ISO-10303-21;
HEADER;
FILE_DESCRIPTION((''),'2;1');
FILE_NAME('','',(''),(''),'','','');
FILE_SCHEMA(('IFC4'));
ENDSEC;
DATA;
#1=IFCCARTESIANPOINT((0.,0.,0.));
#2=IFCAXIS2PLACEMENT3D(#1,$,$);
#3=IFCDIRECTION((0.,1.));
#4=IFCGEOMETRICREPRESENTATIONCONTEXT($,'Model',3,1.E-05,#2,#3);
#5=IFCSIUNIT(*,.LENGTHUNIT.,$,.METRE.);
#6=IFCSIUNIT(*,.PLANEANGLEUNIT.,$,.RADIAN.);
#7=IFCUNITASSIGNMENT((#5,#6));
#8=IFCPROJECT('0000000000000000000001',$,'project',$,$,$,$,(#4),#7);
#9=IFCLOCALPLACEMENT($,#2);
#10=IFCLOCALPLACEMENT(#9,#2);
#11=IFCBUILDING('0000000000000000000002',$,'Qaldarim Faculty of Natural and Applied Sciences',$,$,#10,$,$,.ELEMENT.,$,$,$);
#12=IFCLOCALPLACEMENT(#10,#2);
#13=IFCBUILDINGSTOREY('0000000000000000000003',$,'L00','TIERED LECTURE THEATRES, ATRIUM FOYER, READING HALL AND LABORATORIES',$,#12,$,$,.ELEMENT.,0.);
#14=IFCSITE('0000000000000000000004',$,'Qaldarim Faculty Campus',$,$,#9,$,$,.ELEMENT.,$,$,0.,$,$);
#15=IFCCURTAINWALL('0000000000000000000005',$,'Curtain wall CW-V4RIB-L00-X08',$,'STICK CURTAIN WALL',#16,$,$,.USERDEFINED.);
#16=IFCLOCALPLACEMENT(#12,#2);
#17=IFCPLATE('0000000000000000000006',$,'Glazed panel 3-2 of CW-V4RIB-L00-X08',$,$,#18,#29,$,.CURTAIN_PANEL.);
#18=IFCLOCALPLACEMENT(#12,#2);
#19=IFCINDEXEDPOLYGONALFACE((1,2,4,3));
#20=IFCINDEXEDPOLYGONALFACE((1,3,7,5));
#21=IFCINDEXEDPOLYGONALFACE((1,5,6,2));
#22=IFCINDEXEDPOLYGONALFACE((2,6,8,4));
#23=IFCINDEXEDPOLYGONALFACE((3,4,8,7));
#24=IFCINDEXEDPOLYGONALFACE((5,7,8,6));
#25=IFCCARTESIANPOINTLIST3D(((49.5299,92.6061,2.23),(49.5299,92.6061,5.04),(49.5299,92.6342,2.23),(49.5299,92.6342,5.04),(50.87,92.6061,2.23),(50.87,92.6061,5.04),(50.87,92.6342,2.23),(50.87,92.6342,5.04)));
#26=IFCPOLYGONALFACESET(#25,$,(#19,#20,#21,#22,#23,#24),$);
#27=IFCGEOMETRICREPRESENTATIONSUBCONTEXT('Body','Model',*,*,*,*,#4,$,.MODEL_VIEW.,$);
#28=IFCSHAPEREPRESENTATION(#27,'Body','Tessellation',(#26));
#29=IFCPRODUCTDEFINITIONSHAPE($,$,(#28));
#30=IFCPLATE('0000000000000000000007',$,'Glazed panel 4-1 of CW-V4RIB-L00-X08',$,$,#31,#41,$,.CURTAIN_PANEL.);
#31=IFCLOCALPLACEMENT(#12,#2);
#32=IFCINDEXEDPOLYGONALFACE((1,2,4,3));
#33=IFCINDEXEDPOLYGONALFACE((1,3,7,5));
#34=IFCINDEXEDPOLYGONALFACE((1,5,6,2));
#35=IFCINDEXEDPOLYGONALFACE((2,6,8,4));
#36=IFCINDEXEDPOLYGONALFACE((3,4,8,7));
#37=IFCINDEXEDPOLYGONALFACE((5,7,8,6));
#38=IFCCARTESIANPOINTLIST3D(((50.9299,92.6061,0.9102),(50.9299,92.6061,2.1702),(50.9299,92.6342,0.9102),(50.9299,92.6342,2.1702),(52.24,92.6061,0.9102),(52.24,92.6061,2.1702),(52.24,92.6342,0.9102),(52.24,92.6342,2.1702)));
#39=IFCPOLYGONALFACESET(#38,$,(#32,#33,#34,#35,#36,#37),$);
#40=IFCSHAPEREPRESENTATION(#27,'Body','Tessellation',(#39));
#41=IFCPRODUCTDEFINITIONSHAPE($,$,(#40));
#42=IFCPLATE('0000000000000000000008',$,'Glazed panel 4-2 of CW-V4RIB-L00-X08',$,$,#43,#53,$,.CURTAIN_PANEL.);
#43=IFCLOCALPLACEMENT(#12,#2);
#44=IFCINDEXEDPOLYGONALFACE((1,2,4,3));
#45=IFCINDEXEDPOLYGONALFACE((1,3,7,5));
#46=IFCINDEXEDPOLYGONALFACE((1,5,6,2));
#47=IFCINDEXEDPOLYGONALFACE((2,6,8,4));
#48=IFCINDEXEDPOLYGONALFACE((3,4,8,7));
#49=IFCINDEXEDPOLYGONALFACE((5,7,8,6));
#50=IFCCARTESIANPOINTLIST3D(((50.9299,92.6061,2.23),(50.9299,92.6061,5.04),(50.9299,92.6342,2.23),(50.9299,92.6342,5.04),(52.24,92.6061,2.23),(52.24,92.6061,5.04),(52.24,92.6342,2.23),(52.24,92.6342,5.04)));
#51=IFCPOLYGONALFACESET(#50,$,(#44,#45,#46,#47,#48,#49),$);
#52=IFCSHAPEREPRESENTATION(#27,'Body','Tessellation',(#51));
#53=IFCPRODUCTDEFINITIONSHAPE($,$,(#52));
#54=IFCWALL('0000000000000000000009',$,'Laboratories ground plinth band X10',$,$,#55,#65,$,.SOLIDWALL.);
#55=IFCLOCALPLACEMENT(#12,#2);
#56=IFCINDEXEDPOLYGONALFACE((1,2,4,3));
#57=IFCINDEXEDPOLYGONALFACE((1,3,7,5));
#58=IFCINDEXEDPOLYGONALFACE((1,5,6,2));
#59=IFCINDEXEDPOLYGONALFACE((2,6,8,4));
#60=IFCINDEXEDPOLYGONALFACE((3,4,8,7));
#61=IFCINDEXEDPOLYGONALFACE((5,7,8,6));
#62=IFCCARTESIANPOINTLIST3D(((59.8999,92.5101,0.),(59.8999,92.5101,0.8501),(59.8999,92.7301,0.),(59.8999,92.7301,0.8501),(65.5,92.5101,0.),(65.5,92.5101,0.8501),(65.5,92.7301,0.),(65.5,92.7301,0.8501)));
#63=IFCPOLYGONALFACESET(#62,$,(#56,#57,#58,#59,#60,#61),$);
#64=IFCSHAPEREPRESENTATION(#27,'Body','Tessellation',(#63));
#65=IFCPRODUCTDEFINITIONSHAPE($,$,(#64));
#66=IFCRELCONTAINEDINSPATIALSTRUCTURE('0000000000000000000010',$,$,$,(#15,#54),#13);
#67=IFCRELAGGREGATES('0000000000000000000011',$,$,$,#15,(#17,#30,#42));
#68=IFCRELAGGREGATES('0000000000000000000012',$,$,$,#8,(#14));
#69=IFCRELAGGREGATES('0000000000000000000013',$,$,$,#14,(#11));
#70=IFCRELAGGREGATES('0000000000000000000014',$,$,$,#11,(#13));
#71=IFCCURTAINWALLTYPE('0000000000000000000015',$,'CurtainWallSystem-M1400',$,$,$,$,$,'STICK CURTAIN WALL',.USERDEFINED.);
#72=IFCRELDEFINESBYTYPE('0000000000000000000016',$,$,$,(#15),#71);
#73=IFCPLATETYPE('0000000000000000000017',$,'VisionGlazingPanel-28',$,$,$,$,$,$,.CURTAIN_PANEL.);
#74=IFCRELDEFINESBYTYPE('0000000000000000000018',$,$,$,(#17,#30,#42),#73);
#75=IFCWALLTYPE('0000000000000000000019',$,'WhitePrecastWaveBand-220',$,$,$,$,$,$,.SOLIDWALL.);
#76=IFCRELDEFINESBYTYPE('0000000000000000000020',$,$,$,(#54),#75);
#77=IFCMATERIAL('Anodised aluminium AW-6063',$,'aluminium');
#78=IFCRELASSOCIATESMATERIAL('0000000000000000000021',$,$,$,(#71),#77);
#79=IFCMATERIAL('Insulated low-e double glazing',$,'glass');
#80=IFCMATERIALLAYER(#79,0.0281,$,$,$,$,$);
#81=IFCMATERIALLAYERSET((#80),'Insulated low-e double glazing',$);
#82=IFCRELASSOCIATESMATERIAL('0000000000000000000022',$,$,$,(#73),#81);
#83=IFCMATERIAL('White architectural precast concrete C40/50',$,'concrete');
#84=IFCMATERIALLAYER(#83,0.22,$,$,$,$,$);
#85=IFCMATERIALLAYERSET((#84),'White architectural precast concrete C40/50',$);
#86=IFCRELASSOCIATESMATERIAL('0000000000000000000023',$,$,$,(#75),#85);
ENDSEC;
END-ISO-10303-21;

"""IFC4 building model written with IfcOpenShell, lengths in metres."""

from ifc_helpers import new_model, si_unit, direction, frame, frame_2d, origin, origin_2d, place, context, subcontext, project, spatial, rectangle, extrude, material, layer, layer_set, type_object, element, aggregate, save


model = new_model("IFC4")

# Units and contexts
model_context = context("Model", 3, precision=1e-05, world=origin(), true_north=direction((0.0, 1.0)))
body_context = subcontext(model_context, "Body", "Model", "MODEL_VIEW")
ifc_project = project(units=[si_unit("LENGTHUNIT", "METRE"), si_unit("PLANEANGLEUNIT", "RADIAN")], contexts=[model_context])

# Site, building, storey
site_placement = place(None, origin())
site = spatial("IfcSite", under=ifc_project, at=site_placement, Name="Qaldarim Faculty Campus", CompositionType="ELEMENT", RefElevation=0.0)
building_placement = place(site_placement, origin())
building = spatial("IfcBuilding", under=site, at=building_placement, Name="Qaldarim Faculty of Natural and Applied Sciences", CompositionType="ELEMENT")
storey_placement = place(building_placement, origin())
storey = spatial("IfcBuildingStorey", under=building, at=storey_placement, Name="L00", Description="TIERED LECTURE THEATRES, ATRIUM FOYER, READING HALL AND LABORATORIES", CompositionType="ELEMENT", Elevation=0.0)

# Curtain wall
ifc_material_1 = material(Name="Anodised aluminium AW-6063", Category="aluminium")
curtain_wall_type = type_object("IfcCurtainWallType", Name="CurtainWallSystem-M1400", ElementType="STICK CURTAIN WALL", PredefinedType="USERDEFINED", material=ifc_material_1)
curtain_wall_1_placement = place(storey_placement, origin())
curtain_wall_1 = element("IfcCurtainWall", 1, at=curtain_wall_1_placement, inside=storey, type_object=curtain_wall_type, Name="Curtain wall CW-V4RIB-L00-X08", ObjectType="STICK CURTAIN WALL", PredefinedType="USERDEFINED")

# Plates
ifc_material_2 = material(Name="Insulated low-e double glazing", Category="glass")
ifc_layer_1 = layer(ifc_material_2, 0.0281)
ifc_layer_set_1 = layer_set([ifc_layer_1], Name="Insulated low-e double glazing")
plate_type = type_object("IfcPlateType", Name="VisionGlazingPanel-28", PredefinedType="CURTAIN_PANEL", material=ifc_layer_set_1)
plate_1_placement = place(storey_placement, frame((50.2, 92.6201, 2.23), z_axis=(0.0, 0.0, 1.0), x_axis=(1.0, 0.0, 0.0)))
plate_1 = element("IfcPlate", 2, at=plate_1_placement, type_object=plate_type, Name="Glazed panel 3-2 of CW-V4RIB-L00-X08", PredefinedType="CURTAIN_PANEL", context=body_context, shape_type="SweptSolid", body=[
    extrude(rectangle(XDim=1.3401, YDim=0.0281, at=origin_2d()), origin(), (0.0, 0.0, 1.0), 2.8101),
])
plate_2_placement = place(storey_placement, frame((51.585, 92.6201, 0.9102), z_axis=(0.0, 0.0, 1.0), x_axis=(1.0, 0.0, 0.0)))
plate_2 = element("IfcPlate", 3, at=plate_2_placement, type_object=plate_type, Name="Glazed panel 4-1 of CW-V4RIB-L00-X08", PredefinedType="CURTAIN_PANEL", context=body_context, shape_type="SweptSolid", body=[
    extrude(rectangle(XDim=1.3101, YDim=0.0281, at=origin_2d()), origin(), (0.0, 0.0, 1.0), 1.26),
])
plate_3_placement = place(storey_placement, frame((51.585, 92.6201, 2.23), z_axis=(0.0, 0.0, 1.0), x_axis=(1.0, 0.0, 0.0)))
plate_3 = element("IfcPlate", 4, at=plate_3_placement, type_object=plate_type, Name="Glazed panel 4-2 of CW-V4RIB-L00-X08", PredefinedType="CURTAIN_PANEL", context=body_context, shape_type="SweptSolid", body=[
    extrude(rectangle(XDim=1.3101, YDim=0.0281, at=origin_2d()), origin(), (0.0, 0.0, 1.0), 2.8101),
])
aggregate(curtain_wall_1, [plate_1, plate_2, plate_3])

# Wall
ifc_material_3 = material(Name="White architectural precast concrete C40/50", Category="concrete")
ifc_layer_2 = layer(ifc_material_3, 0.22)
ifc_layer_set_2 = layer_set([ifc_layer_2], Name="White architectural precast concrete C40/50")
wall_type_1 = type_object("IfcWallType", Name="WhitePrecastWaveBand-220", PredefinedType="SOLIDWALL", material=ifc_layer_set_2)
wall_1_placement = place(storey_placement, frame((59.8999, 92.6201, 0.0), z_axis=(0.0, 0.0, 1.0), x_axis=(1.0, 0.0, 0.0)))
element("IfcWall", 5, at=wall_1_placement, inside=storey, type_object=wall_type_1, Name="Laboratories ground plinth band X10", PredefinedType="SOLIDWALL", context=body_context, shape_type="SweptSolid", body=[
    extrude(rectangle(XDim=5.6001, YDim=0.22, at=frame_2d((2.8, 0.0))), origin(), (0.0, 0.0, 1.0), 0.8501),
])

save(model, "model.ifc")
